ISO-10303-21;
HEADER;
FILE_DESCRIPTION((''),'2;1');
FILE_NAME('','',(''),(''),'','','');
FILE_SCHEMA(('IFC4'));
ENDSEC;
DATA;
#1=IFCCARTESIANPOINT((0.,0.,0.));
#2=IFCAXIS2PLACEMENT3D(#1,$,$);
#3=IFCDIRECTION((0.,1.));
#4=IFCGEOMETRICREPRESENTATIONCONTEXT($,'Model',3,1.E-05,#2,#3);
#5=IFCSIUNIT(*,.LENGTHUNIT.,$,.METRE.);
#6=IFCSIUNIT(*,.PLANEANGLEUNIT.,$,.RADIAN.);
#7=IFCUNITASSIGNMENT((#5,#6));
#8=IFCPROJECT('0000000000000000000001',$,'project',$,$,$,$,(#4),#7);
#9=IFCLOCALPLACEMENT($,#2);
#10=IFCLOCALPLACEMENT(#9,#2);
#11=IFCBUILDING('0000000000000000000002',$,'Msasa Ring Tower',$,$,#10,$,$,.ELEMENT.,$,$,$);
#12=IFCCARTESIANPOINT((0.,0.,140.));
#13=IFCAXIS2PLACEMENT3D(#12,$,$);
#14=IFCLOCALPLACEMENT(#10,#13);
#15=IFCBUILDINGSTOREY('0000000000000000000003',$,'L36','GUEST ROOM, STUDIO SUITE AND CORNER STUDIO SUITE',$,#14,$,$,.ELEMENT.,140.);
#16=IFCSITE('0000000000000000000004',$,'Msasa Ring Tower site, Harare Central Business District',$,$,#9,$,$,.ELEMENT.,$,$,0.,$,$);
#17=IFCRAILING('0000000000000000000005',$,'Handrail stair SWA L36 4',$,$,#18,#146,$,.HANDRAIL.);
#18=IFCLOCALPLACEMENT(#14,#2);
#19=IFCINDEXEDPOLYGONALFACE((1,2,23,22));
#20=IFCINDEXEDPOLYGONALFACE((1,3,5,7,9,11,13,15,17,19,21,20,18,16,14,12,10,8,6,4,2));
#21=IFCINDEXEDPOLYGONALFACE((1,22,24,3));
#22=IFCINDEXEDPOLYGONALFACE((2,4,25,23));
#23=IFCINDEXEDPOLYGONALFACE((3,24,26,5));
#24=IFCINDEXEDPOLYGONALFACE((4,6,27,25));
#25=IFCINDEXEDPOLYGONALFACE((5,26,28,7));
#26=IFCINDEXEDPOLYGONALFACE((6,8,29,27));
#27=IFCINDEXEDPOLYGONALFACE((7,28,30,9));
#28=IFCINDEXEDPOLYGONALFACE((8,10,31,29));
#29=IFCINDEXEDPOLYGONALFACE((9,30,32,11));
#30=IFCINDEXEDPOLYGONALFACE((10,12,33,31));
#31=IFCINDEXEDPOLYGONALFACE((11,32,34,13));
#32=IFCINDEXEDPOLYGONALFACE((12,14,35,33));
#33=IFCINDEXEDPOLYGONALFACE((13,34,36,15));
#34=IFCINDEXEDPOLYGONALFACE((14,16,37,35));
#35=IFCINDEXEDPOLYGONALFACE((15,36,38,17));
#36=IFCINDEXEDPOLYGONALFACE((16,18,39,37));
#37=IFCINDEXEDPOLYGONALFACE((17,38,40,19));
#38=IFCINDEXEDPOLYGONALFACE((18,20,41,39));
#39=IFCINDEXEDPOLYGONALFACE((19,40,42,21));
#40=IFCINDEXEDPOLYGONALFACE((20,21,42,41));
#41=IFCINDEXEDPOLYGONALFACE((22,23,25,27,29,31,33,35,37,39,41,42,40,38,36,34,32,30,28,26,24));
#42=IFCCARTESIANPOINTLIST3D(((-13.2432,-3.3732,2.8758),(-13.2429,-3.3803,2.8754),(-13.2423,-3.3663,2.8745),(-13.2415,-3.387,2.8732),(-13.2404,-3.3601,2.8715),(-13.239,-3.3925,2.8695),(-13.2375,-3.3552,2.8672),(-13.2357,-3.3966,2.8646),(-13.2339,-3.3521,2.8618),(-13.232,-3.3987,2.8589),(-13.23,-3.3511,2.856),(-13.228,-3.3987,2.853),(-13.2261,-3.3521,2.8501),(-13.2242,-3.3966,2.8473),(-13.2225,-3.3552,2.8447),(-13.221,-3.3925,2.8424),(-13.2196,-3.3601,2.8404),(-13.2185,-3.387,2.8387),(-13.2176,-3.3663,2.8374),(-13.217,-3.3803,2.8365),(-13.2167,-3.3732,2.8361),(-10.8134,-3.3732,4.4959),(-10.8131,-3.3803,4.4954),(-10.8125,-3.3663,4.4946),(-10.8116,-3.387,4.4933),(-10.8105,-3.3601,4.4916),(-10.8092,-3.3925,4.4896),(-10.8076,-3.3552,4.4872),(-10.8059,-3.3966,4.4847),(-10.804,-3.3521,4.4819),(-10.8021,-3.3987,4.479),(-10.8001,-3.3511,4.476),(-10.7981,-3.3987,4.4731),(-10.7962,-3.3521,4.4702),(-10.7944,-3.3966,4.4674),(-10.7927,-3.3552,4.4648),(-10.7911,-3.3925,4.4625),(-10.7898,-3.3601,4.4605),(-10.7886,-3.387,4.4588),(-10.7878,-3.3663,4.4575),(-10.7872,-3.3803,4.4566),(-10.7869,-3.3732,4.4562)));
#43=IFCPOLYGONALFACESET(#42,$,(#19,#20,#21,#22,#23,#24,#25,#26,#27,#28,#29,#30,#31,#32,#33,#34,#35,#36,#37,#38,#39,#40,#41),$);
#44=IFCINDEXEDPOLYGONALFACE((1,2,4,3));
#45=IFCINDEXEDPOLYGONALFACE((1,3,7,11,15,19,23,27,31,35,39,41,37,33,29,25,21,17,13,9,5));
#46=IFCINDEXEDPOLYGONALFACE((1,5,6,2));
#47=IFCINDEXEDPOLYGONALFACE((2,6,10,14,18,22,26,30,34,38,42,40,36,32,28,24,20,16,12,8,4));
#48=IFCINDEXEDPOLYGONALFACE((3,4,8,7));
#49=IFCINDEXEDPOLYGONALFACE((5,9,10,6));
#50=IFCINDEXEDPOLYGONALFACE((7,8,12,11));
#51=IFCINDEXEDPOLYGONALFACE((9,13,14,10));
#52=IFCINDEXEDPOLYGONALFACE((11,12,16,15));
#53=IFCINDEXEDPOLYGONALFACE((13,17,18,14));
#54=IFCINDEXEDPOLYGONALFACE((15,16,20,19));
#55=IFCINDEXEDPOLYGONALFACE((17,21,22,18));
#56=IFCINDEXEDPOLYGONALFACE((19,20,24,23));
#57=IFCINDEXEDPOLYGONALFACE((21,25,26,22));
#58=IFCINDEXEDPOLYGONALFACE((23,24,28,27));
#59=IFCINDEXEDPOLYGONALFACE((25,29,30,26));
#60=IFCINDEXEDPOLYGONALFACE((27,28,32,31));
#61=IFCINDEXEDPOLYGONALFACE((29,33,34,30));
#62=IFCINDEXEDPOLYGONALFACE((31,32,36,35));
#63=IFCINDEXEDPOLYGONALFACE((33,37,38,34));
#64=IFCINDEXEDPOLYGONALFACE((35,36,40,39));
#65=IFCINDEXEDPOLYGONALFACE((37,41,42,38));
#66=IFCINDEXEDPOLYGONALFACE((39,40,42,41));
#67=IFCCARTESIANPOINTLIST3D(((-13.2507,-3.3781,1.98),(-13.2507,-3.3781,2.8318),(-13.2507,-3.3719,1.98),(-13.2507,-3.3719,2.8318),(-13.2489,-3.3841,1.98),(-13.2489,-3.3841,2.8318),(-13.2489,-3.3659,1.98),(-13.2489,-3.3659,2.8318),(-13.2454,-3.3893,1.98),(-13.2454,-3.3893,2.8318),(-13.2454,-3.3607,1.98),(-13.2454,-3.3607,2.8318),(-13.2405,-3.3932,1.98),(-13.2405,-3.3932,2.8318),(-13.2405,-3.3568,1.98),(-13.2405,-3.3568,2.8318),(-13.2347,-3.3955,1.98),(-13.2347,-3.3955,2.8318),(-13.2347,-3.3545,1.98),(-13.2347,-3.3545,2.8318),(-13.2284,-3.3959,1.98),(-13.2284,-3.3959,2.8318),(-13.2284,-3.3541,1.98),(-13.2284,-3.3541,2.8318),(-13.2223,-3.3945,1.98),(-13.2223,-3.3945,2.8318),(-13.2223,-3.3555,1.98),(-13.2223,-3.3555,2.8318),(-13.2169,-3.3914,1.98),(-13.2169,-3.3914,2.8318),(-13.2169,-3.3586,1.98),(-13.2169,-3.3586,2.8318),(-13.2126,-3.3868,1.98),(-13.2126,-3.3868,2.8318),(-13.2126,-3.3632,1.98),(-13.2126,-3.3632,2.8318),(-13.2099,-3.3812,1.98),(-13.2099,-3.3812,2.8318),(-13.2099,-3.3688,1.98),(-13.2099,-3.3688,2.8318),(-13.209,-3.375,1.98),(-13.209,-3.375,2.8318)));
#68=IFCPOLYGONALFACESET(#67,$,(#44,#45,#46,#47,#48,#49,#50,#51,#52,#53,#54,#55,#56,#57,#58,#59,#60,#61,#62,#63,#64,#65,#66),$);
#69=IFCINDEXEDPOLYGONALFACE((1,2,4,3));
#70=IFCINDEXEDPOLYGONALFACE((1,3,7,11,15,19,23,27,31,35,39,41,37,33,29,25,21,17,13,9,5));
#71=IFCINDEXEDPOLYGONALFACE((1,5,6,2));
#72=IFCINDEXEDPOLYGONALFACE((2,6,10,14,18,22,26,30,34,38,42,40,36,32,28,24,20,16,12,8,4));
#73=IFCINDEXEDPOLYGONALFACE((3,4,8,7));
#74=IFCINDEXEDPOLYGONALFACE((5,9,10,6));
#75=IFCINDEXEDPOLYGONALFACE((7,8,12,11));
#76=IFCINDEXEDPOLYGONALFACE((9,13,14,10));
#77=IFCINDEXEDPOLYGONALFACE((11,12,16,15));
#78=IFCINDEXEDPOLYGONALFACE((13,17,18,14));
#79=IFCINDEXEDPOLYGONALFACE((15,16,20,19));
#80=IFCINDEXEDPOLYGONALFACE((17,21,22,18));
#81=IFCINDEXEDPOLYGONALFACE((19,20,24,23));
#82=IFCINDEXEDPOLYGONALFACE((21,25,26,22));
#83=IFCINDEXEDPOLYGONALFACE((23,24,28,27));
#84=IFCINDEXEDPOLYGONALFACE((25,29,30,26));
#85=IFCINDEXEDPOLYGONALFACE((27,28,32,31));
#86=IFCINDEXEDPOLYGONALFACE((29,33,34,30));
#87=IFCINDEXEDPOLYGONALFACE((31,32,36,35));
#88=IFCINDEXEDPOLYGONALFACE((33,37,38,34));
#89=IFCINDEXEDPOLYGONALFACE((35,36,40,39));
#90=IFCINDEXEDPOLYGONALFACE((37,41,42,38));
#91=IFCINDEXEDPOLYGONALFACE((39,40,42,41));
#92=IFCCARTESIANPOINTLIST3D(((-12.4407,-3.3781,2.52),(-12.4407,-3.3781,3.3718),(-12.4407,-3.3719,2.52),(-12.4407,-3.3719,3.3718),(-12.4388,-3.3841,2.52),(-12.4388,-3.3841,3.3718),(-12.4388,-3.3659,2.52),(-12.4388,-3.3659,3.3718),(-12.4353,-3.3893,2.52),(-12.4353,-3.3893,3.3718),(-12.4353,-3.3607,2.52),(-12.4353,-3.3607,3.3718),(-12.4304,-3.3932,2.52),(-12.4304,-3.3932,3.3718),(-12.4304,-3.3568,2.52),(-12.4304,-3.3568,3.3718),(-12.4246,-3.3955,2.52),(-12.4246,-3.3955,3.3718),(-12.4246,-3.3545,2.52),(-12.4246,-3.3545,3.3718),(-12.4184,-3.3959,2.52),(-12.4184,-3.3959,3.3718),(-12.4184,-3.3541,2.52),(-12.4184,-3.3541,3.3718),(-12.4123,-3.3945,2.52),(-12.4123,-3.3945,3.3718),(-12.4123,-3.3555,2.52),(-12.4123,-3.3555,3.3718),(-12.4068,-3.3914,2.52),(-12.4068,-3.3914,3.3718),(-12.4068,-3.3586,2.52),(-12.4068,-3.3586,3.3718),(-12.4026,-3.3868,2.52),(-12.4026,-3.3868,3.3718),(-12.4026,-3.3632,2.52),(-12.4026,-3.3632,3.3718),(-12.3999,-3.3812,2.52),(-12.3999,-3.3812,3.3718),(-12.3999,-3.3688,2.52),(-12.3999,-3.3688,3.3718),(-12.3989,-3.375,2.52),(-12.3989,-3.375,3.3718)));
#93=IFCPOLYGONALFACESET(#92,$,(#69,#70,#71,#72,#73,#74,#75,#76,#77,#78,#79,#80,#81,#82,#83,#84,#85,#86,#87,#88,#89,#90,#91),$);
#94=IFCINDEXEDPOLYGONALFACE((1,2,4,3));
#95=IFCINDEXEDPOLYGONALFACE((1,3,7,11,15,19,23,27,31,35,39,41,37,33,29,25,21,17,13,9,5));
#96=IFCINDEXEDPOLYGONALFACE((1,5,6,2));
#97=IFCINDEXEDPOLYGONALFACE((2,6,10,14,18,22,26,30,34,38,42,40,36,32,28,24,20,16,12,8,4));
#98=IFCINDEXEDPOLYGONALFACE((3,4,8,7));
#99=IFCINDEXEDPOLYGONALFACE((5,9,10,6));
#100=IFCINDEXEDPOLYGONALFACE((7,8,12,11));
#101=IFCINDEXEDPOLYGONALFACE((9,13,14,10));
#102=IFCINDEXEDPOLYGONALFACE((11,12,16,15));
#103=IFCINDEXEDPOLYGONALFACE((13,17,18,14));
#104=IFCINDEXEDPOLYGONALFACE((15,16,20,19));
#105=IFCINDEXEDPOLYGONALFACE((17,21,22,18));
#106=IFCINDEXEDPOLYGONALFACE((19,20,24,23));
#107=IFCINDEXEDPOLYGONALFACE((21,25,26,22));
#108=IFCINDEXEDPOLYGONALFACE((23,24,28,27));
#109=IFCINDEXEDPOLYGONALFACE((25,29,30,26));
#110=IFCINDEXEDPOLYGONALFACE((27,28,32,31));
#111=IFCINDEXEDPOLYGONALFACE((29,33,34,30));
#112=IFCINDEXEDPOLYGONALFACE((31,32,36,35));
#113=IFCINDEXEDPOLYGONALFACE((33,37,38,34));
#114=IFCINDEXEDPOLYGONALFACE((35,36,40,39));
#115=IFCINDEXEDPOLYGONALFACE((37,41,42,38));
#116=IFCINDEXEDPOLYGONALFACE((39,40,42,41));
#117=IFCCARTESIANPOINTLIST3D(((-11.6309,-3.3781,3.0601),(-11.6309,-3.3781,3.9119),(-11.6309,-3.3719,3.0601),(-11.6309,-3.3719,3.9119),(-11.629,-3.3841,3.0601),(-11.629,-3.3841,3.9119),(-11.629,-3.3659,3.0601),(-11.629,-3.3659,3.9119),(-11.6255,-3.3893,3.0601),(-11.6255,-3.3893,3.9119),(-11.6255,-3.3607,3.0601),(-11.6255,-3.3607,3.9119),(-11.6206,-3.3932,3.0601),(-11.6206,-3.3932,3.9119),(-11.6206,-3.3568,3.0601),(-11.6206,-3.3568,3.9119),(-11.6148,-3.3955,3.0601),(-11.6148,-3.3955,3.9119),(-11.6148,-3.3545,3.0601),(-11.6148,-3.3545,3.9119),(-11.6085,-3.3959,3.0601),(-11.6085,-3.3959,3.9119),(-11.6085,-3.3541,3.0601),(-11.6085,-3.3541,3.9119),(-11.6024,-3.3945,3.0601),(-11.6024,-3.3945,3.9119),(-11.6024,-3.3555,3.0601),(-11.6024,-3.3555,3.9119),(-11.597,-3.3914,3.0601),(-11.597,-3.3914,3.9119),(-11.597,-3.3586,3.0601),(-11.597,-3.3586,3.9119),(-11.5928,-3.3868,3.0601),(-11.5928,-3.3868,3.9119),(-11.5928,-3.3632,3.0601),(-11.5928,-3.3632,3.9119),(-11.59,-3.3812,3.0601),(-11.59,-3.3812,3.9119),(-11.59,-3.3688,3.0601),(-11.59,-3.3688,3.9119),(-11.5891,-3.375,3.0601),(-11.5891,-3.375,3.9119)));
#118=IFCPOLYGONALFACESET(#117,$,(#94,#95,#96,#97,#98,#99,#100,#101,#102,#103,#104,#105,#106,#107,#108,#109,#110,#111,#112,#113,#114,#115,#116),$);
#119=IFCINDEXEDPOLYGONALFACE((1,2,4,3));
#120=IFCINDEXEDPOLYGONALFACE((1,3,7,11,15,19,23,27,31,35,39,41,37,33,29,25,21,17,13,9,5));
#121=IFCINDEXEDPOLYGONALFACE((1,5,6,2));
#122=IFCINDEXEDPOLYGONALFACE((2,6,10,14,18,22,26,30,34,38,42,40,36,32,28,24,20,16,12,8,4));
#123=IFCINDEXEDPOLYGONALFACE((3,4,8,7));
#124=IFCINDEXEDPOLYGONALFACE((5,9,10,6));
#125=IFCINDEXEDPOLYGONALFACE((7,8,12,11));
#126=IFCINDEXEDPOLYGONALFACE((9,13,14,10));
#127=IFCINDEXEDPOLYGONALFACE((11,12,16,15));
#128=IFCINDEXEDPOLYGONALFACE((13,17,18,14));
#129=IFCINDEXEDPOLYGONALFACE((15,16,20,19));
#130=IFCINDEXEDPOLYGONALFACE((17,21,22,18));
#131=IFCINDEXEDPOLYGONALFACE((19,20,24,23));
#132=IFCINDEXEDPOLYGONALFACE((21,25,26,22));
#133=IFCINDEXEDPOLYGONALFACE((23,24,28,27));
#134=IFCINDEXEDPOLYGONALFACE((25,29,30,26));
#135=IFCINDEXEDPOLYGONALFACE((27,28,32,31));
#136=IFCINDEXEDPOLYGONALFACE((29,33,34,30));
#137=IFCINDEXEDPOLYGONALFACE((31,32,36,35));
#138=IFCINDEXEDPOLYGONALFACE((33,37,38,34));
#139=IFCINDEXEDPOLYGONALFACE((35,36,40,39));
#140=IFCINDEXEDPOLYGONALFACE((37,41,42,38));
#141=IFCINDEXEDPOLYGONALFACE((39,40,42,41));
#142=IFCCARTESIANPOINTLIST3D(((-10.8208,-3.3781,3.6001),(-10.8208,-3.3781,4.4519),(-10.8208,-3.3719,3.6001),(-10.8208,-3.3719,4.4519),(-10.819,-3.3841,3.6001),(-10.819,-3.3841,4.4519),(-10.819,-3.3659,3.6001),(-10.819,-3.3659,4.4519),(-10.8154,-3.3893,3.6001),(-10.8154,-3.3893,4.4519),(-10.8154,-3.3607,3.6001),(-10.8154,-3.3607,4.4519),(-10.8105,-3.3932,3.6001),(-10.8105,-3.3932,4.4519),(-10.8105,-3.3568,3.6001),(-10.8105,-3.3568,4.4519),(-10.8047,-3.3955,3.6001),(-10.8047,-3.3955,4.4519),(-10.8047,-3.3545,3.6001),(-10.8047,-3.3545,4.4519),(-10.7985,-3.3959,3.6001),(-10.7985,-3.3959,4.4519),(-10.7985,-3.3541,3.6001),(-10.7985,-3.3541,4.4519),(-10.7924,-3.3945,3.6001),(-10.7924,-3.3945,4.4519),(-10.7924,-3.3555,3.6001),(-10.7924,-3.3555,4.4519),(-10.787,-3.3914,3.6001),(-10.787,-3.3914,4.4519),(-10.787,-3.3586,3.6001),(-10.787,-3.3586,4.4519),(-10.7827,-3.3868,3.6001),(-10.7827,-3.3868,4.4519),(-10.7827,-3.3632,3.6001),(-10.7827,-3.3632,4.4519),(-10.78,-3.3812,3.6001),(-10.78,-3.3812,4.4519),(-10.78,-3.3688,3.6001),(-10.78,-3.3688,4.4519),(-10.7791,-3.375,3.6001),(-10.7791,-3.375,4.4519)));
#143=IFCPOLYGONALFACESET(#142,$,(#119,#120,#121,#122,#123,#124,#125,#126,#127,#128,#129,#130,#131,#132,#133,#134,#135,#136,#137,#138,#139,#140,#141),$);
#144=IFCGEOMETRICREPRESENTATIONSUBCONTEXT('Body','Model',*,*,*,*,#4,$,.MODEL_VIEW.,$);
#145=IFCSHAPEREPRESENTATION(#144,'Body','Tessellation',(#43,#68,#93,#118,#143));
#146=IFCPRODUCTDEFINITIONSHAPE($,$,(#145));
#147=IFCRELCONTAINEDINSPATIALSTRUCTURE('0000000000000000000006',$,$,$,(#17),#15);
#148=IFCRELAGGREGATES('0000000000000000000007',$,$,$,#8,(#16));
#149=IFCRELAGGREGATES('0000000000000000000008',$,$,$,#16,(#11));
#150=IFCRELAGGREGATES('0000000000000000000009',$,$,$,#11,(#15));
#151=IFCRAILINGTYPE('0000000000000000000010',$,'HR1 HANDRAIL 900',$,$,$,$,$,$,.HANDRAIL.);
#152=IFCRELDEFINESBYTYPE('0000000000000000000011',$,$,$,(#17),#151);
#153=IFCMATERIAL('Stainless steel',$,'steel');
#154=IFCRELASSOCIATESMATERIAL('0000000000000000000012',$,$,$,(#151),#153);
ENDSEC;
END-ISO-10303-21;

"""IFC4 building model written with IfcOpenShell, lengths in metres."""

from ifc_helpers import new_model, si_unit, direction, frame, origin, origin_2d, place, context, subcontext, project, spatial, circle, extrude, material, type_object, element, save


model = new_model("IFC4")

# Units and contexts
model_context = context("Model", 3, precision=1e-05, world=origin(), true_north=direction((0.0, 1.0)))
body_context = subcontext(model_context, "Body", "Model", "MODEL_VIEW")
ifc_project = project(units=[si_unit("LENGTHUNIT", "METRE"), si_unit("PLANEANGLEUNIT", "RADIAN")], contexts=[model_context])

# Site, building, storey
site_placement = place(None, origin())
site = spatial("IfcSite", under=ifc_project, at=site_placement, Name="Msasa Ring Tower site, Harare Central Business District", CompositionType="ELEMENT", RefElevation=0.0)
building_placement = place(site_placement, origin())
building = spatial("IfcBuilding", under=site, at=building_placement, Name="Msasa Ring Tower", CompositionType="ELEMENT")
storey_placement = place(building_placement, frame((0.0, 0.0, 140.0)))
storey = spatial("IfcBuildingStorey", under=building, at=storey_placement, Name="L36", Description="GUEST ROOM, STUDIO SUITE AND CORNER STUDIO SUITE", CompositionType="ELEMENT", Elevation=140.0)

# Railing
ifc_material_1 = material(Name="Stainless steel", Category="steel")
railing_type = type_object("IfcRailingType", Name="HR1 HANDRAIL 900", PredefinedType="HANDRAIL", material=ifc_material_1)
for number, where, name in (
    (1, (-13.23, -3.375, 1.98), "Handrail stair SWA L36 4"),
):
    element("IfcRailing", number, at=place(storey_placement, frame(where)), inside=storey, type_object=railing_type, Name=name, PredefinedType="HANDRAIL", context=body_context, shape_type="SweptSolid", body=[
        extrude(circle(Radius=0.0239, at=origin_2d()), frame((0.0, 0.0, 0.876), z_axis=(0.832025, 0.0, 0.554739), x_axis=(0.0, 1.0, 0.0)), (0.0, 0.0, 1.0), 2.9204),
        extrude(circle(Radius=0.021, at=origin_2d()), origin(), (0.0, 0.0, 1.0), 0.8518),
        extrude(circle(Radius=0.021, at=origin_2d()), frame((0.8101, 0.0, 0.54)), (0.0, 0.0, 1.0), 0.8518),
        extrude(circle(Radius=0.021, at=origin_2d()), frame((1.6199, 0.0, 1.0801)), (0.0, 0.0, 1.0), 0.8518),
        extrude(circle(Radius=0.021, at=origin_2d()), frame((2.4299, 0.0, 1.6201)), (0.0, 0.0, 1.0), 0.8518),
    ])

save(model, "model.ifc")
